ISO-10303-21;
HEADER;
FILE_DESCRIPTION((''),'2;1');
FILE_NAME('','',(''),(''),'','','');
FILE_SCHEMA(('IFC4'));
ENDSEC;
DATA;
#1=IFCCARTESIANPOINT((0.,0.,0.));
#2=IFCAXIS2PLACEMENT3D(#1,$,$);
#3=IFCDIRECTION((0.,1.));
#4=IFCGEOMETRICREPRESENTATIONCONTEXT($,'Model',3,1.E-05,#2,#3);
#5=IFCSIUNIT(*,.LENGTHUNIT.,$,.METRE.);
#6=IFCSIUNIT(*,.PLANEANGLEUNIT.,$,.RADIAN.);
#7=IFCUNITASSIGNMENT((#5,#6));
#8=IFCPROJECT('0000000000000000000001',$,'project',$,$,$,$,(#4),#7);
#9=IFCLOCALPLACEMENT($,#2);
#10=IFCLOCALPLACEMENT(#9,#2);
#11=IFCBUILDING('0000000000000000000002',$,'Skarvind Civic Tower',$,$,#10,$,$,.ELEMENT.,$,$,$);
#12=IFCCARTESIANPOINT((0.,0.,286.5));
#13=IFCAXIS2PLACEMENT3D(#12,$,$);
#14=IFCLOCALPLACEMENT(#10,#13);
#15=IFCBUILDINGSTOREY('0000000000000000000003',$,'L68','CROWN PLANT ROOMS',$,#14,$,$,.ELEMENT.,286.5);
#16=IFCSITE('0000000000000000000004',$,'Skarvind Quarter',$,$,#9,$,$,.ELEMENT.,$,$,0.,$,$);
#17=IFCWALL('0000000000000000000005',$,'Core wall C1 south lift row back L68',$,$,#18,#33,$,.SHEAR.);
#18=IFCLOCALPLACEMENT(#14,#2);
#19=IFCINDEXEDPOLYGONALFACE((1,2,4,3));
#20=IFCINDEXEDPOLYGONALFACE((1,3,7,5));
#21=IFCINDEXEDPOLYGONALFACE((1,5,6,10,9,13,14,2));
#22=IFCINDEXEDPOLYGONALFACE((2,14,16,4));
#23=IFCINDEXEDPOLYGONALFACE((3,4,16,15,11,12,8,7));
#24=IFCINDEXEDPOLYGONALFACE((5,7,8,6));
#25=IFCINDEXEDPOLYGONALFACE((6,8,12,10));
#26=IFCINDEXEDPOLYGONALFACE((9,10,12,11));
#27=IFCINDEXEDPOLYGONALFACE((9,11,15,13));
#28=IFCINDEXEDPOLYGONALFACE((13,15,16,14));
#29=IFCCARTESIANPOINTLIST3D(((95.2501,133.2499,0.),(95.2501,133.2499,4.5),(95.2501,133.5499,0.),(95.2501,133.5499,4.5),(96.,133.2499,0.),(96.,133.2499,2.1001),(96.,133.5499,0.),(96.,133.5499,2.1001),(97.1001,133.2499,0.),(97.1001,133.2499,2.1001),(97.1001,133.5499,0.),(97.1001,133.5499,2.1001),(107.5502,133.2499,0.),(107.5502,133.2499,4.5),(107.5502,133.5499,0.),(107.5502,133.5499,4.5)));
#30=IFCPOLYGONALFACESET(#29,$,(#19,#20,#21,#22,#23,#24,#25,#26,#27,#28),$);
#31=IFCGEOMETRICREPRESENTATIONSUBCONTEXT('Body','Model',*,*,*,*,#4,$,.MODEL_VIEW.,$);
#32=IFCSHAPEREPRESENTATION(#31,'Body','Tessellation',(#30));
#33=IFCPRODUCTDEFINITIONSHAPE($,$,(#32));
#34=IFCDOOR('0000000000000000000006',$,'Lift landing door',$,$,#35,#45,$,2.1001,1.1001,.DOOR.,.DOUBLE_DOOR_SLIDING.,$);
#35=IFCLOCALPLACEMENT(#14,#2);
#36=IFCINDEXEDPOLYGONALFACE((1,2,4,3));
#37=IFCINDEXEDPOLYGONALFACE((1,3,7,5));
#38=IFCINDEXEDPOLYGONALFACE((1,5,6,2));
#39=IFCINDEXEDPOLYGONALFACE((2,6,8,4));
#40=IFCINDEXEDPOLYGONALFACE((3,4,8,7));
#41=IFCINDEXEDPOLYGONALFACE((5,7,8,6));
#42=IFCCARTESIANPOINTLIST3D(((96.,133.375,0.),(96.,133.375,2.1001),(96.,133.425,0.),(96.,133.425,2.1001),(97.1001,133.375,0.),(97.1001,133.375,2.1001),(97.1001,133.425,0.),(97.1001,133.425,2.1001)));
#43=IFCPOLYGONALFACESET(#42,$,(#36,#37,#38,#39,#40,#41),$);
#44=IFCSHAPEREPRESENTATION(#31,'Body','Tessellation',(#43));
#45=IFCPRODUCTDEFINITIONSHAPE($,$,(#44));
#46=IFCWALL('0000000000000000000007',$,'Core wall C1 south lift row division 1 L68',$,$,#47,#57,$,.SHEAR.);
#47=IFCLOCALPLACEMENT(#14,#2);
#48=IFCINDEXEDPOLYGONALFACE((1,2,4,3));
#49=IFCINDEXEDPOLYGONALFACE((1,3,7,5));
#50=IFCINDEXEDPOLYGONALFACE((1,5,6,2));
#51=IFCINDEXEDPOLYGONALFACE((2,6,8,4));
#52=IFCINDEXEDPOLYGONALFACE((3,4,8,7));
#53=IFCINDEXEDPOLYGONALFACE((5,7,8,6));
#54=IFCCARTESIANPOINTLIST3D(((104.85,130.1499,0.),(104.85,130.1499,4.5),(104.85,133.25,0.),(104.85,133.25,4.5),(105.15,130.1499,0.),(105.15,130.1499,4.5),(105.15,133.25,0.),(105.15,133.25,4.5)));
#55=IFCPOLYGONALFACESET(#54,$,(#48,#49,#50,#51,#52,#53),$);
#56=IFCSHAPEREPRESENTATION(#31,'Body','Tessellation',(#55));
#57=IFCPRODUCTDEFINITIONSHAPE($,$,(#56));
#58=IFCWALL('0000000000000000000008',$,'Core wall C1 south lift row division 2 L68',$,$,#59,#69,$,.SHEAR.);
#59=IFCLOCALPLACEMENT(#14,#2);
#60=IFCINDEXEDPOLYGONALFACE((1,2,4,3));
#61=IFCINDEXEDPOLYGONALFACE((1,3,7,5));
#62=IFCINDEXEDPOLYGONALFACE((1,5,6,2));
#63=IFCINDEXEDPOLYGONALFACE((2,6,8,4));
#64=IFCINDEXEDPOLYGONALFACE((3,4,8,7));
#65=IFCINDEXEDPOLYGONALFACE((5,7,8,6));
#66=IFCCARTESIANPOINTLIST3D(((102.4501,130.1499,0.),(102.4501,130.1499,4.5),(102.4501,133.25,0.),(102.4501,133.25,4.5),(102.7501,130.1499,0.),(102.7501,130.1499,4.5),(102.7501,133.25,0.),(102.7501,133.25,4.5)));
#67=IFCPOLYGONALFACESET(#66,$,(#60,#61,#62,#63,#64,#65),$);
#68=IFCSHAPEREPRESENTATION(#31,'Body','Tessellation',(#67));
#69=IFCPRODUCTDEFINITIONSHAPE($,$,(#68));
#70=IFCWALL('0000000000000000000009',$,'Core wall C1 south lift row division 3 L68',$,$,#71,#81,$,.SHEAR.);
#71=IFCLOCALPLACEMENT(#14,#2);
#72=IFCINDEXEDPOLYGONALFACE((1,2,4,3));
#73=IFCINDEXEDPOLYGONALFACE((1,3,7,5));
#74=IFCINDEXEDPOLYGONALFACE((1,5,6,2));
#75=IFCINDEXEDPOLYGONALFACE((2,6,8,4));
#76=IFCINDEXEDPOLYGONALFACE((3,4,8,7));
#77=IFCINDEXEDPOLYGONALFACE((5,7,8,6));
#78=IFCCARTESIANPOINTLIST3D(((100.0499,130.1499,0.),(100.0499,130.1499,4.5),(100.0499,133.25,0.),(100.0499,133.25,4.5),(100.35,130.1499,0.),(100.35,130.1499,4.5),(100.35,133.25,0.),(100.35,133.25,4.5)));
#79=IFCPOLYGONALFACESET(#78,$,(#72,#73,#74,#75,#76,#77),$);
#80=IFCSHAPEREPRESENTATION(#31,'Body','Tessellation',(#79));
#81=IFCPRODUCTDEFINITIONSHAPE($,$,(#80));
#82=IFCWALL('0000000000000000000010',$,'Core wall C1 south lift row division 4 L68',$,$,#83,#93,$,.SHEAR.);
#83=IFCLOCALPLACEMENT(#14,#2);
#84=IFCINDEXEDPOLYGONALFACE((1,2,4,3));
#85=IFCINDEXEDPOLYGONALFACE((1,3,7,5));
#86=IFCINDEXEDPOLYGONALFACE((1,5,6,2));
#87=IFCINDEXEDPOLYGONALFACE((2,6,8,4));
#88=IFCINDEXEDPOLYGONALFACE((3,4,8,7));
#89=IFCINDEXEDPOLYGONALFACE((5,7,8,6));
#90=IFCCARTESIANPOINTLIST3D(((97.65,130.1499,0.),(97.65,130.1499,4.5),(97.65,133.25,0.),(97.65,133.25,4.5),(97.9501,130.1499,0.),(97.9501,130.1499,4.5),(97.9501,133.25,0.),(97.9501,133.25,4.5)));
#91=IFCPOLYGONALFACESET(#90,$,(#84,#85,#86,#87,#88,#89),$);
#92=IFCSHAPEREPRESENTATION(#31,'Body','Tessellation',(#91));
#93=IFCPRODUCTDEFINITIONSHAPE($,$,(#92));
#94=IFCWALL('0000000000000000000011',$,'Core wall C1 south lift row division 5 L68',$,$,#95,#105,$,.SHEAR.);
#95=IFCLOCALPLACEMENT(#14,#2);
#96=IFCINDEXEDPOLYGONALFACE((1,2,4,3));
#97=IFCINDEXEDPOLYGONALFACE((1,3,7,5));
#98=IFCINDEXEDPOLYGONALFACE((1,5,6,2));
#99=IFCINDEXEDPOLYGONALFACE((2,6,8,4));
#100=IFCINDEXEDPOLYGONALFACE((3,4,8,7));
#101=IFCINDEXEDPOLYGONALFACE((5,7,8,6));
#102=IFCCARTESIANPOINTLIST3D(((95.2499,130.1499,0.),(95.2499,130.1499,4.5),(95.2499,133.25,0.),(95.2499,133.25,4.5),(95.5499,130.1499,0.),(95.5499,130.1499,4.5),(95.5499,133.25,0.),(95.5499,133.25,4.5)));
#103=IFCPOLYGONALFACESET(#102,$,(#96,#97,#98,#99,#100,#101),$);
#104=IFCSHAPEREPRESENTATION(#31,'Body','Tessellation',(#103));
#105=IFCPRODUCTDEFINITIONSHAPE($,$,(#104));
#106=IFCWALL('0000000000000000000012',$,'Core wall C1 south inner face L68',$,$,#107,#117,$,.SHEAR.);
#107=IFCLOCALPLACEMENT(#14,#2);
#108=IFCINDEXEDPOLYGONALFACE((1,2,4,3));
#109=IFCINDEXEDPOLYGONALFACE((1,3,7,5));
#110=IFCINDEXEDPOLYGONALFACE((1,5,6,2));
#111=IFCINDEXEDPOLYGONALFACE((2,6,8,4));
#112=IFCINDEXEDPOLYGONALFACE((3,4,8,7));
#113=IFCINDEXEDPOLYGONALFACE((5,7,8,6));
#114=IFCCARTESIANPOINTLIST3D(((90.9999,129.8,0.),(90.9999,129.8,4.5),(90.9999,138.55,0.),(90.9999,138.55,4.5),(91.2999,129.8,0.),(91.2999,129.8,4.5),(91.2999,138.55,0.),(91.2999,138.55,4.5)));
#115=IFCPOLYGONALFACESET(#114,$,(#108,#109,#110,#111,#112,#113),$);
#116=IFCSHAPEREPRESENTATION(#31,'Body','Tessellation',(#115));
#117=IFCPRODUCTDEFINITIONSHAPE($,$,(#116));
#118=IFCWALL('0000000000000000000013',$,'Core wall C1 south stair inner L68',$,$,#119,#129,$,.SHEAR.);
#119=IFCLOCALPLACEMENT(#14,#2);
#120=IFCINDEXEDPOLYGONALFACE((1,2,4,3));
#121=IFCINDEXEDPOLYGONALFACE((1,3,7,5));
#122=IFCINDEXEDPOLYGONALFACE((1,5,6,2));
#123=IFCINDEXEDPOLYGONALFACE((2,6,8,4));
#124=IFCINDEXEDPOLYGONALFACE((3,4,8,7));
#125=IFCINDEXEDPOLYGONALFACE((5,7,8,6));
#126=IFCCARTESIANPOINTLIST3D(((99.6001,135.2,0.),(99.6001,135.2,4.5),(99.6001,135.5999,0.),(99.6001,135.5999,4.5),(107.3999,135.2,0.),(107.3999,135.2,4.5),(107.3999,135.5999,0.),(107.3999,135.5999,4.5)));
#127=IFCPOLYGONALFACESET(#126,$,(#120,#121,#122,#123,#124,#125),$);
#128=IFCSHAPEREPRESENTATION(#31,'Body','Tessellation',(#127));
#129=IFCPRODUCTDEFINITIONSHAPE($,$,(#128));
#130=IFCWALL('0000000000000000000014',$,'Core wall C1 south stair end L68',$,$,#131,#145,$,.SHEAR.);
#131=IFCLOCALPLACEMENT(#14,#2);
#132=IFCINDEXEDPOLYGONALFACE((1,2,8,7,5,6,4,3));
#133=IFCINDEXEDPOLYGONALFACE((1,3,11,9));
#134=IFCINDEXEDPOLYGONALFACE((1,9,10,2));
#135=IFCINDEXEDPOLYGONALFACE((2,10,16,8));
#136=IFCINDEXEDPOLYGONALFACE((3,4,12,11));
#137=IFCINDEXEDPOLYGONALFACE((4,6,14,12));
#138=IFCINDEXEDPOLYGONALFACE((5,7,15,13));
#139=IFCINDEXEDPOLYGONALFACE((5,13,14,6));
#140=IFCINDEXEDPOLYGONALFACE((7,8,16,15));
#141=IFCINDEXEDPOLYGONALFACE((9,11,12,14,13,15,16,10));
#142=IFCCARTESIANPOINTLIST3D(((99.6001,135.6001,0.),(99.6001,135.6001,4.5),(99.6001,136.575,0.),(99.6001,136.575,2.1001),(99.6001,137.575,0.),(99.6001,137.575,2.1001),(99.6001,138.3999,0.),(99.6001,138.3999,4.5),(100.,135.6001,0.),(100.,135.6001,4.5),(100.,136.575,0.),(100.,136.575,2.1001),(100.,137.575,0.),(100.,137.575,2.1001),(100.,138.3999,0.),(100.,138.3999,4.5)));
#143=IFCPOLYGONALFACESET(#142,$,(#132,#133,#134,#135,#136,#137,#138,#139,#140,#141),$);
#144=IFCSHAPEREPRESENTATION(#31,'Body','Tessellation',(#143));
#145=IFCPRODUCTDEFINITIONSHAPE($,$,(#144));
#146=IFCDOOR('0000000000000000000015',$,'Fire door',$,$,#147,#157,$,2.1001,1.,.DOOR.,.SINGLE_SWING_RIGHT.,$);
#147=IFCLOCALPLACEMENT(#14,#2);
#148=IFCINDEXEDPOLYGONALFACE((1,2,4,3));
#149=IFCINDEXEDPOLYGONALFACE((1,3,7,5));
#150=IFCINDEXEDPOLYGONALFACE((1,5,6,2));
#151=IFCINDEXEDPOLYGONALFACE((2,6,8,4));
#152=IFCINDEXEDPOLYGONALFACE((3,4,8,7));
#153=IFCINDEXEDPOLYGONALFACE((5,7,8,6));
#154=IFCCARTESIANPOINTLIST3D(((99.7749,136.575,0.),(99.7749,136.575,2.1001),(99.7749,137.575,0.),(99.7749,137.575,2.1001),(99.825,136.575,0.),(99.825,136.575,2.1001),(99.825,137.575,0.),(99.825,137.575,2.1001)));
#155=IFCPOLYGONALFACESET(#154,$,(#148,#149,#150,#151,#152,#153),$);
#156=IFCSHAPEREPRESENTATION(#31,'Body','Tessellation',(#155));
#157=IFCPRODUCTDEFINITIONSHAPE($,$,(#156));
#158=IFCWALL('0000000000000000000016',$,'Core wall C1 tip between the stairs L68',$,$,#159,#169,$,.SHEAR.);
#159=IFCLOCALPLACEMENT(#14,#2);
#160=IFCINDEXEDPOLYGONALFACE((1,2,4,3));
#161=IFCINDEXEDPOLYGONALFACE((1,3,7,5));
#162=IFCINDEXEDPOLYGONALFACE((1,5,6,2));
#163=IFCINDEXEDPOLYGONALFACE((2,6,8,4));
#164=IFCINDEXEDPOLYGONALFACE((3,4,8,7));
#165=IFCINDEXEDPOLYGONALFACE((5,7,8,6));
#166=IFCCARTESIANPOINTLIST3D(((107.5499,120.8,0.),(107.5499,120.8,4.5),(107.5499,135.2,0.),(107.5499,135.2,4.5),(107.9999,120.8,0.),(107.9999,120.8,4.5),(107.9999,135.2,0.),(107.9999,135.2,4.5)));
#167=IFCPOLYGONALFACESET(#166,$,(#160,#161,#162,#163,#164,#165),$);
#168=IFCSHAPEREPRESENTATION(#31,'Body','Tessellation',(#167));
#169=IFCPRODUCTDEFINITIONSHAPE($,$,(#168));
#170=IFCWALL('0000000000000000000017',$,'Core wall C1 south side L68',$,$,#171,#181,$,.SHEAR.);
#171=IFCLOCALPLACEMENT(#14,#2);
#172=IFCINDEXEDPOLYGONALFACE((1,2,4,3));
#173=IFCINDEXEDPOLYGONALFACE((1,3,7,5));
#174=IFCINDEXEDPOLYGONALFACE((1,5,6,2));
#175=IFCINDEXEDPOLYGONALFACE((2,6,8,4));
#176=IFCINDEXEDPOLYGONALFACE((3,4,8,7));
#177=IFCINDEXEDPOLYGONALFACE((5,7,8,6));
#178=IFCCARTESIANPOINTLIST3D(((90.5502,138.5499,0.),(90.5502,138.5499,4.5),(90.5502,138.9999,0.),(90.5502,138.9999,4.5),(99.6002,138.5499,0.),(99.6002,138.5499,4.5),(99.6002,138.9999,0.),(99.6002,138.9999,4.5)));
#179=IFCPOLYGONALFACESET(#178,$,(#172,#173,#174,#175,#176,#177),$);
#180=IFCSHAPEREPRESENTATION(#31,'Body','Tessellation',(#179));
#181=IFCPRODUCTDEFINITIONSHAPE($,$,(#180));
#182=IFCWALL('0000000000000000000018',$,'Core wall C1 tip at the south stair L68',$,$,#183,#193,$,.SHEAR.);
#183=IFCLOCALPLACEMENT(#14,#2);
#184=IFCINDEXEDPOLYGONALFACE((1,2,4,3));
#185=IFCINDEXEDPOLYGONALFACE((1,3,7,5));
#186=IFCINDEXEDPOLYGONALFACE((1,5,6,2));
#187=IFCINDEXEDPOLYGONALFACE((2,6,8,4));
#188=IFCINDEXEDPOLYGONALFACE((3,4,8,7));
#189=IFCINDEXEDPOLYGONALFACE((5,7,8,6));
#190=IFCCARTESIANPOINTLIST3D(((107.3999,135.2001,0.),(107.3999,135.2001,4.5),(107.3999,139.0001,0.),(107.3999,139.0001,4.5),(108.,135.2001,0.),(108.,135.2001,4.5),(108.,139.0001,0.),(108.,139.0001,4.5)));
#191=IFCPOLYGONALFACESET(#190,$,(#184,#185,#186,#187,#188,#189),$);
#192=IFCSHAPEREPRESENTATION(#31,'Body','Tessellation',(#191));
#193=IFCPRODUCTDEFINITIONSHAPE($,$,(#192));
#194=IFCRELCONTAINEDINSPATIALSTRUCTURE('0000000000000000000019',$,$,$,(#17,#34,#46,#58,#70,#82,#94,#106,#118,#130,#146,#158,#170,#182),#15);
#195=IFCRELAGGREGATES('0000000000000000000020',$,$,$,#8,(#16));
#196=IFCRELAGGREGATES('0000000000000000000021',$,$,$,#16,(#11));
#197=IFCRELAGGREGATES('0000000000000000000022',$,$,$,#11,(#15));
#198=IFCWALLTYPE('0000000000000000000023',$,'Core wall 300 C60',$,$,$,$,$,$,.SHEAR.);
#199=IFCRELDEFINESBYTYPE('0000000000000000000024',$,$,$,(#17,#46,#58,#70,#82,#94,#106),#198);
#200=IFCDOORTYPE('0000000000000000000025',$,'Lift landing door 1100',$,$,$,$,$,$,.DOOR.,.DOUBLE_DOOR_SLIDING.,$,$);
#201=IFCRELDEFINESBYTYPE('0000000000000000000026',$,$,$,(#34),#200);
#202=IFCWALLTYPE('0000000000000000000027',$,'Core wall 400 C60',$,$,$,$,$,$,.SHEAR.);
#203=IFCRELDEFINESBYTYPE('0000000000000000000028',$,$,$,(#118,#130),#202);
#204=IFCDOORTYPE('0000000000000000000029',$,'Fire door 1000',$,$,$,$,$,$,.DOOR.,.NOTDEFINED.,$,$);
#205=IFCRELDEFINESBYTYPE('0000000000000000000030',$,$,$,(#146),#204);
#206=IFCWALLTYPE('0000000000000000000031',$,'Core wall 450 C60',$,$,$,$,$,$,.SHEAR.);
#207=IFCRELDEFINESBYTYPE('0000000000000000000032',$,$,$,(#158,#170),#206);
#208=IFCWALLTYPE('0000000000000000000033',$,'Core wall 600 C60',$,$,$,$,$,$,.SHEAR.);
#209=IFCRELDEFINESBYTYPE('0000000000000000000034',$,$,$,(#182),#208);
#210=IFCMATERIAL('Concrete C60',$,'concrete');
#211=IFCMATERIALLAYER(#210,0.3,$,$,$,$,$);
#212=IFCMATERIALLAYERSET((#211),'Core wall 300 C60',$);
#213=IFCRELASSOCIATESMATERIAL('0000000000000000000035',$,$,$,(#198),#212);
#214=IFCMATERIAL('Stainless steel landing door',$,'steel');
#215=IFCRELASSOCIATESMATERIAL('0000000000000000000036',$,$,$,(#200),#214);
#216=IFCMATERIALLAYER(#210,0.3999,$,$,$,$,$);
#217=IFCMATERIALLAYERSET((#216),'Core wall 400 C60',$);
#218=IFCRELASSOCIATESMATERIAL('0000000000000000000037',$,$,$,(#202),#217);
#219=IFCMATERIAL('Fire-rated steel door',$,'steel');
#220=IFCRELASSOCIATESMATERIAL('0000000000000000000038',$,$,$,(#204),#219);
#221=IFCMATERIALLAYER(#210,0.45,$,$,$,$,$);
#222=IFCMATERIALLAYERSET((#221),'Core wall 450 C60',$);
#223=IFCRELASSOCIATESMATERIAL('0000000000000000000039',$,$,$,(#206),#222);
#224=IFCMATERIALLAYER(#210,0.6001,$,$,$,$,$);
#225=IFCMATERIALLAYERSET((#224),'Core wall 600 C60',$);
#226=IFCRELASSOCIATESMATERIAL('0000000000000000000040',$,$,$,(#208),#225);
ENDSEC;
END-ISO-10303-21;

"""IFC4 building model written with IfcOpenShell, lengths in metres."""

from ifc_helpers import new_model, si_unit, direction, frame, frame_2d, origin, place, context, subcontext, project, spatial, rectangle, extrude, material, layer, layer_set, type_object, element, fill, save


model = new_model("IFC4")

# Units and contexts
model_context = context("Model", 3, precision=1e-05, world=origin(), true_north=direction((0.0, 1.0)))
body_context = subcontext(model_context, "Body", "Model", "MODEL_VIEW")
ifc_project = project(units=[si_unit("LENGTHUNIT", "METRE"), si_unit("PLANEANGLEUNIT", "RADIAN")], contexts=[model_context])

# Site, building, storey
site_placement = place(None, origin())
site = spatial("IfcSite", under=ifc_project, at=site_placement, Name="Skarvind Quarter", CompositionType="ELEMENT", RefElevation=0.0)
building_placement = place(site_placement, origin())
building = spatial("IfcBuilding", under=site, at=building_placement, Name="Skarvind Civic Tower", CompositionType="ELEMENT")
storey_placement = place(building_placement, frame((0.0, 0.0, 286.5)))
storey = spatial("IfcBuildingStorey", under=building, at=storey_placement, Name="L68", Description="CROWN PLANT ROOMS", CompositionType="ELEMENT", Elevation=286.5)

# Shared definitions
ifc_material_1 = material(Name="Concrete C60", Category="concrete")

# Shared definitions
ifc_material_2 = material(Name="Fire-rated steel door", Category="steel")

# Shared definitions
ifc_layer_1 = layer(ifc_material_1, 0.3)
ifc_layer_set_1 = layer_set([ifc_layer_1], Name="Core wall 300 C60")
wall_type_1 = type_object("IfcWallType", Name="Core wall 300 C60", PredefinedType="SHEAR", material=ifc_layer_set_1)

# Wall, opening, door
wall_1_placement = place(storey_placement, frame((107.55, 133.3999, 0.0), z_axis=(0.0, 0.0, 1.0), x_axis=(-1.0, 0.0, 0.0)))
wall_1 = element("IfcWall", 1, at=wall_1_placement, inside=storey, type_object=wall_type_1, Name="Core wall C1 south lift row back L68", PredefinedType="SHEAR", context=body_context, shape_type="SweptSolid", body=[
    extrude(rectangle(XDim=12.3, YDim=0.3, at=frame_2d((6.1499, 0.0))), origin(), (0.0, 0.0, 1.0), 4.5),
])
opening_1_placement = place(wall_1_placement, frame((10.45, 0.0, 0.0)))
opening_1 = element("IfcOpeningElement", 2, at=opening_1_placement, cuts=wall_1, PredefinedType="OPENING", context=body_context, shape_type="SweptSolid", body=[
    extrude(rectangle(XDim=1.1001, YDim=2.1001, at=frame_2d((0.55, 1.05))), frame((0.0, 0.1599, 0.0), z_axis=(0.0, -1.0, 0.0), x_axis=(1.0, 0.0, 0.0)), (0.0, 0.0, 1.0), 0.3201),
])
ifc_material_3 = material(Name="Stainless steel landing door", Category="steel")
door_type_1 = type_object("IfcDoorType", Name="Lift landing door 1100", OperationType="DOUBLE_DOOR_SLIDING", PredefinedType="DOOR", material=ifc_material_3)
door_1_placement = place(opening_1_placement, origin())
door_1 = element("IfcDoor", 3, at=door_1_placement, inside=storey, type_object=door_type_1, Name="Lift landing door", OperationType="DOUBLE_DOOR_SLIDING", OverallHeight=2.1001, OverallWidth=1.1001, PredefinedType="DOOR", context=body_context, shape_type="SweptSolid", body=[
    extrude(rectangle(XDim=1.1001, YDim=2.1001, at=frame_2d((0.55, 1.05))), frame((0.0, 0.0249, 0.0), z_axis=(0.0, -1.0, 0.0), x_axis=(1.0, 0.0, 0.0)), (0.0, 0.0, 1.0), 0.05),
])
fill(opening_1, door_1)

# Walls
for number, where, z_axis, x_axis, name in (
    (4, (105.0, 133.25, 0.0), (0.0, 0.0, 1.0), (0.0, -1.0, 0.0), "Core wall C1 south lift row division 1 L68"),
    (5, (102.6001, 133.25, 0.0), (0.0, 0.0, 1.0), (0.0, -1.0, 0.0), "Core wall C1 south lift row division 2 L68"),
    (6, (100.2, 133.25, 0.0), (0.0, 0.0, 1.0), (0.0, -1.0, 0.0), "Core wall C1 south lift row division 3 L68"),
    (7, (97.8, 133.25, 0.0), (0.0, 0.0, 1.0), (0.0, -1.0, 0.0), "Core wall C1 south lift row division 4 L68"),
    (8, (95.3999, 133.25, 0.0), (0.0, 0.0, 1.0), (0.0, -1.0, 0.0), "Core wall C1 south lift row division 5 L68"),
):
    element("IfcWall", number, at=place(storey_placement, frame(where, z_axis=z_axis, x_axis=x_axis)), inside=storey, type_object=wall_type_1, Name=name, PredefinedType="SHEAR", context=body_context, shape_type="SweptSolid", body=[
        extrude(rectangle(XDim=3.1001, YDim=0.3, at=frame_2d((1.55, 0.0))), origin(), (0.0, 0.0, 1.0), 4.5),
    ])
wall_2_placement = place(storey_placement, frame((91.1499, 138.55, 0.0), z_axis=(0.0, 0.0, 1.0), x_axis=(0.0, -1.0, 0.0)))
element("IfcWall", 9, at=wall_2_placement, inside=storey, type_object=wall_type_1, Name="Core wall C1 south inner face L68", PredefinedType="SHEAR", context=body_context, shape_type="SweptSolid", body=[
    extrude(rectangle(XDim=8.75, YDim=0.3, at=frame_2d((4.375, 0.0))), origin(), (0.0, 0.0, 1.0), 4.5),
])
ifc_layer_2 = layer(ifc_material_1, 0.3999)
ifc_layer_set_2 = layer_set([ifc_layer_2], Name="Core wall 400 C60")
wall_type_2 = type_object("IfcWallType", Name="Core wall 400 C60", PredefinedType="SHEAR", material=ifc_layer_set_2)
wall_3_placement = place(storey_placement, frame((107.3999, 135.3999, 0.0), z_axis=(0.0, 0.0, 1.0), x_axis=(-1.0, 0.0, 0.0)))
element("IfcWall", 10, at=wall_3_placement, inside=storey, type_object=wall_type_2, Name="Core wall C1 south stair inner L68", PredefinedType="SHEAR", context=body_context, shape_type="SweptSolid", body=[
    extrude(rectangle(XDim=7.7998, YDim=0.3999, at=frame_2d((3.8999, 0.0))), origin(), (0.0, 0.0, 1.0), 4.5),
])

# Wall, opening, door
wall_4_placement = place(storey_placement, frame((99.8, 138.3999, 0.0), z_axis=(0.0, 0.0, 1.0), x_axis=(0.0, -1.0, 0.0)))
wall_4 = element("IfcWall", 11, at=wall_4_placement, inside=storey, type_object=wall_type_2, Name="Core wall C1 south stair end L68", PredefinedType="SHEAR", context=body_context, shape_type="SweptSolid", body=[
    extrude(rectangle(XDim=2.7998, YDim=0.3999, at=frame_2d((1.3999, 0.0))), origin(), (0.0, 0.0, 1.0), 4.5),
])
opening_2_placement = place(wall_4_placement, frame((0.825, 0.0, 0.0)))
opening_2 = element("IfcOpeningElement", 12, at=opening_2_placement, cuts=wall_4, PredefinedType="OPENING", context=body_context, shape_type="SweptSolid", body=[
    extrude(rectangle(XDim=1.0, YDim=2.1001, at=frame_2d((0.5, 1.05))), frame((0.0, 0.21, 0.0), z_axis=(0.0, -1.0, 0.0), x_axis=(1.0, 0.0, 0.0)), (0.0, 0.0, 1.0), 0.4199),
])
door_type_2 = type_object("IfcDoorType", Name="Fire door 1000", OperationType="NOTDEFINED", PredefinedType="DOOR", material=ifc_material_2)
door_2_placement = place(opening_2_placement, origin())
door_2 = element("IfcDoor", 13, at=door_2_placement, inside=storey, type_object=door_type_2, Name="Fire door", OperationType="SINGLE_SWING_RIGHT", OverallHeight=2.1001, OverallWidth=1.0, PredefinedType="DOOR", context=body_context, shape_type="SweptSolid", body=[
    extrude(rectangle(XDim=1.0, YDim=2.1001, at=frame_2d((0.5, 1.05))), frame((0.0, 0.0249, 0.0), z_axis=(0.0, -1.0, 0.0), x_axis=(1.0, 0.0, 0.0)), (0.0, 0.0, 1.0), 0.05),
])
fill(opening_2, door_2)

# Walls
ifc_layer_3 = layer(ifc_material_1, 0.45)
ifc_layer_set_3 = layer_set([ifc_layer_3], Name="Core wall 450 C60")
wall_type_3 = type_object("IfcWallType", Name="Core wall 450 C60", PredefinedType="SHEAR", material=ifc_layer_set_3)
wall_5_placement = place(storey_placement, frame((107.7749, 135.2, 0.0), z_axis=(0.0, 0.0, 1.0), x_axis=(0.0, -1.0, 0.0)))
element("IfcWall", 14, at=wall_5_placement, inside=storey, type_object=wall_type_3, Name="Core wall C1 tip between the stairs L68", PredefinedType="SHEAR", context=body_context, shape_type="SweptSolid", body=[
    extrude(rectangle(XDim=14.3999, YDim=0.45, at=frame_2d((7.2, 0.0))), origin(), (0.0, 0.0, 1.0), 4.5),
])
wall_6_placement = place(storey_placement, frame((99.6001, 138.7749, 0.0), z_axis=(0.0, 0.0, 1.0), x_axis=(-1.0, 0.0, 0.0)))
element("IfcWall", 15, at=wall_6_placement, inside=storey, type_object=wall_type_3, Name="Core wall C1 south side L68", PredefinedType="SHEAR", context=body_context, shape_type="SweptSolid", body=[
    extrude(rectangle(XDim=9.05, YDim=0.45, at=frame_2d((4.5249, 0.0))), origin(), (0.0, 0.0, 1.0), 4.5),
])
ifc_layer_4 = layer(ifc_material_1, 0.6001)
ifc_layer_set_4 = layer_set([ifc_layer_4], Name="Core wall 600 C60")
wall_type_4 = type_object("IfcWallType", Name="Core wall 600 C60", PredefinedType="SHEAR", material=ifc_layer_set_4)
wall_7_placement = place(storey_placement, frame((107.7, 139.0, 0.0), z_axis=(0.0, 0.0, 1.0), x_axis=(0.0, -1.0, 0.0)))
element("IfcWall", 16, at=wall_7_placement, inside=storey, type_object=wall_type_4, Name="Core wall C1 tip at the south stair L68", PredefinedType="SHEAR", context=body_context, shape_type="SweptSolid", body=[
    extrude(rectangle(XDim=3.8, YDim=0.6001, at=frame_2d((1.8999, 0.0))), origin(), (0.0, 0.0, 1.0), 4.5),
])

save(model, "model.ifc")
